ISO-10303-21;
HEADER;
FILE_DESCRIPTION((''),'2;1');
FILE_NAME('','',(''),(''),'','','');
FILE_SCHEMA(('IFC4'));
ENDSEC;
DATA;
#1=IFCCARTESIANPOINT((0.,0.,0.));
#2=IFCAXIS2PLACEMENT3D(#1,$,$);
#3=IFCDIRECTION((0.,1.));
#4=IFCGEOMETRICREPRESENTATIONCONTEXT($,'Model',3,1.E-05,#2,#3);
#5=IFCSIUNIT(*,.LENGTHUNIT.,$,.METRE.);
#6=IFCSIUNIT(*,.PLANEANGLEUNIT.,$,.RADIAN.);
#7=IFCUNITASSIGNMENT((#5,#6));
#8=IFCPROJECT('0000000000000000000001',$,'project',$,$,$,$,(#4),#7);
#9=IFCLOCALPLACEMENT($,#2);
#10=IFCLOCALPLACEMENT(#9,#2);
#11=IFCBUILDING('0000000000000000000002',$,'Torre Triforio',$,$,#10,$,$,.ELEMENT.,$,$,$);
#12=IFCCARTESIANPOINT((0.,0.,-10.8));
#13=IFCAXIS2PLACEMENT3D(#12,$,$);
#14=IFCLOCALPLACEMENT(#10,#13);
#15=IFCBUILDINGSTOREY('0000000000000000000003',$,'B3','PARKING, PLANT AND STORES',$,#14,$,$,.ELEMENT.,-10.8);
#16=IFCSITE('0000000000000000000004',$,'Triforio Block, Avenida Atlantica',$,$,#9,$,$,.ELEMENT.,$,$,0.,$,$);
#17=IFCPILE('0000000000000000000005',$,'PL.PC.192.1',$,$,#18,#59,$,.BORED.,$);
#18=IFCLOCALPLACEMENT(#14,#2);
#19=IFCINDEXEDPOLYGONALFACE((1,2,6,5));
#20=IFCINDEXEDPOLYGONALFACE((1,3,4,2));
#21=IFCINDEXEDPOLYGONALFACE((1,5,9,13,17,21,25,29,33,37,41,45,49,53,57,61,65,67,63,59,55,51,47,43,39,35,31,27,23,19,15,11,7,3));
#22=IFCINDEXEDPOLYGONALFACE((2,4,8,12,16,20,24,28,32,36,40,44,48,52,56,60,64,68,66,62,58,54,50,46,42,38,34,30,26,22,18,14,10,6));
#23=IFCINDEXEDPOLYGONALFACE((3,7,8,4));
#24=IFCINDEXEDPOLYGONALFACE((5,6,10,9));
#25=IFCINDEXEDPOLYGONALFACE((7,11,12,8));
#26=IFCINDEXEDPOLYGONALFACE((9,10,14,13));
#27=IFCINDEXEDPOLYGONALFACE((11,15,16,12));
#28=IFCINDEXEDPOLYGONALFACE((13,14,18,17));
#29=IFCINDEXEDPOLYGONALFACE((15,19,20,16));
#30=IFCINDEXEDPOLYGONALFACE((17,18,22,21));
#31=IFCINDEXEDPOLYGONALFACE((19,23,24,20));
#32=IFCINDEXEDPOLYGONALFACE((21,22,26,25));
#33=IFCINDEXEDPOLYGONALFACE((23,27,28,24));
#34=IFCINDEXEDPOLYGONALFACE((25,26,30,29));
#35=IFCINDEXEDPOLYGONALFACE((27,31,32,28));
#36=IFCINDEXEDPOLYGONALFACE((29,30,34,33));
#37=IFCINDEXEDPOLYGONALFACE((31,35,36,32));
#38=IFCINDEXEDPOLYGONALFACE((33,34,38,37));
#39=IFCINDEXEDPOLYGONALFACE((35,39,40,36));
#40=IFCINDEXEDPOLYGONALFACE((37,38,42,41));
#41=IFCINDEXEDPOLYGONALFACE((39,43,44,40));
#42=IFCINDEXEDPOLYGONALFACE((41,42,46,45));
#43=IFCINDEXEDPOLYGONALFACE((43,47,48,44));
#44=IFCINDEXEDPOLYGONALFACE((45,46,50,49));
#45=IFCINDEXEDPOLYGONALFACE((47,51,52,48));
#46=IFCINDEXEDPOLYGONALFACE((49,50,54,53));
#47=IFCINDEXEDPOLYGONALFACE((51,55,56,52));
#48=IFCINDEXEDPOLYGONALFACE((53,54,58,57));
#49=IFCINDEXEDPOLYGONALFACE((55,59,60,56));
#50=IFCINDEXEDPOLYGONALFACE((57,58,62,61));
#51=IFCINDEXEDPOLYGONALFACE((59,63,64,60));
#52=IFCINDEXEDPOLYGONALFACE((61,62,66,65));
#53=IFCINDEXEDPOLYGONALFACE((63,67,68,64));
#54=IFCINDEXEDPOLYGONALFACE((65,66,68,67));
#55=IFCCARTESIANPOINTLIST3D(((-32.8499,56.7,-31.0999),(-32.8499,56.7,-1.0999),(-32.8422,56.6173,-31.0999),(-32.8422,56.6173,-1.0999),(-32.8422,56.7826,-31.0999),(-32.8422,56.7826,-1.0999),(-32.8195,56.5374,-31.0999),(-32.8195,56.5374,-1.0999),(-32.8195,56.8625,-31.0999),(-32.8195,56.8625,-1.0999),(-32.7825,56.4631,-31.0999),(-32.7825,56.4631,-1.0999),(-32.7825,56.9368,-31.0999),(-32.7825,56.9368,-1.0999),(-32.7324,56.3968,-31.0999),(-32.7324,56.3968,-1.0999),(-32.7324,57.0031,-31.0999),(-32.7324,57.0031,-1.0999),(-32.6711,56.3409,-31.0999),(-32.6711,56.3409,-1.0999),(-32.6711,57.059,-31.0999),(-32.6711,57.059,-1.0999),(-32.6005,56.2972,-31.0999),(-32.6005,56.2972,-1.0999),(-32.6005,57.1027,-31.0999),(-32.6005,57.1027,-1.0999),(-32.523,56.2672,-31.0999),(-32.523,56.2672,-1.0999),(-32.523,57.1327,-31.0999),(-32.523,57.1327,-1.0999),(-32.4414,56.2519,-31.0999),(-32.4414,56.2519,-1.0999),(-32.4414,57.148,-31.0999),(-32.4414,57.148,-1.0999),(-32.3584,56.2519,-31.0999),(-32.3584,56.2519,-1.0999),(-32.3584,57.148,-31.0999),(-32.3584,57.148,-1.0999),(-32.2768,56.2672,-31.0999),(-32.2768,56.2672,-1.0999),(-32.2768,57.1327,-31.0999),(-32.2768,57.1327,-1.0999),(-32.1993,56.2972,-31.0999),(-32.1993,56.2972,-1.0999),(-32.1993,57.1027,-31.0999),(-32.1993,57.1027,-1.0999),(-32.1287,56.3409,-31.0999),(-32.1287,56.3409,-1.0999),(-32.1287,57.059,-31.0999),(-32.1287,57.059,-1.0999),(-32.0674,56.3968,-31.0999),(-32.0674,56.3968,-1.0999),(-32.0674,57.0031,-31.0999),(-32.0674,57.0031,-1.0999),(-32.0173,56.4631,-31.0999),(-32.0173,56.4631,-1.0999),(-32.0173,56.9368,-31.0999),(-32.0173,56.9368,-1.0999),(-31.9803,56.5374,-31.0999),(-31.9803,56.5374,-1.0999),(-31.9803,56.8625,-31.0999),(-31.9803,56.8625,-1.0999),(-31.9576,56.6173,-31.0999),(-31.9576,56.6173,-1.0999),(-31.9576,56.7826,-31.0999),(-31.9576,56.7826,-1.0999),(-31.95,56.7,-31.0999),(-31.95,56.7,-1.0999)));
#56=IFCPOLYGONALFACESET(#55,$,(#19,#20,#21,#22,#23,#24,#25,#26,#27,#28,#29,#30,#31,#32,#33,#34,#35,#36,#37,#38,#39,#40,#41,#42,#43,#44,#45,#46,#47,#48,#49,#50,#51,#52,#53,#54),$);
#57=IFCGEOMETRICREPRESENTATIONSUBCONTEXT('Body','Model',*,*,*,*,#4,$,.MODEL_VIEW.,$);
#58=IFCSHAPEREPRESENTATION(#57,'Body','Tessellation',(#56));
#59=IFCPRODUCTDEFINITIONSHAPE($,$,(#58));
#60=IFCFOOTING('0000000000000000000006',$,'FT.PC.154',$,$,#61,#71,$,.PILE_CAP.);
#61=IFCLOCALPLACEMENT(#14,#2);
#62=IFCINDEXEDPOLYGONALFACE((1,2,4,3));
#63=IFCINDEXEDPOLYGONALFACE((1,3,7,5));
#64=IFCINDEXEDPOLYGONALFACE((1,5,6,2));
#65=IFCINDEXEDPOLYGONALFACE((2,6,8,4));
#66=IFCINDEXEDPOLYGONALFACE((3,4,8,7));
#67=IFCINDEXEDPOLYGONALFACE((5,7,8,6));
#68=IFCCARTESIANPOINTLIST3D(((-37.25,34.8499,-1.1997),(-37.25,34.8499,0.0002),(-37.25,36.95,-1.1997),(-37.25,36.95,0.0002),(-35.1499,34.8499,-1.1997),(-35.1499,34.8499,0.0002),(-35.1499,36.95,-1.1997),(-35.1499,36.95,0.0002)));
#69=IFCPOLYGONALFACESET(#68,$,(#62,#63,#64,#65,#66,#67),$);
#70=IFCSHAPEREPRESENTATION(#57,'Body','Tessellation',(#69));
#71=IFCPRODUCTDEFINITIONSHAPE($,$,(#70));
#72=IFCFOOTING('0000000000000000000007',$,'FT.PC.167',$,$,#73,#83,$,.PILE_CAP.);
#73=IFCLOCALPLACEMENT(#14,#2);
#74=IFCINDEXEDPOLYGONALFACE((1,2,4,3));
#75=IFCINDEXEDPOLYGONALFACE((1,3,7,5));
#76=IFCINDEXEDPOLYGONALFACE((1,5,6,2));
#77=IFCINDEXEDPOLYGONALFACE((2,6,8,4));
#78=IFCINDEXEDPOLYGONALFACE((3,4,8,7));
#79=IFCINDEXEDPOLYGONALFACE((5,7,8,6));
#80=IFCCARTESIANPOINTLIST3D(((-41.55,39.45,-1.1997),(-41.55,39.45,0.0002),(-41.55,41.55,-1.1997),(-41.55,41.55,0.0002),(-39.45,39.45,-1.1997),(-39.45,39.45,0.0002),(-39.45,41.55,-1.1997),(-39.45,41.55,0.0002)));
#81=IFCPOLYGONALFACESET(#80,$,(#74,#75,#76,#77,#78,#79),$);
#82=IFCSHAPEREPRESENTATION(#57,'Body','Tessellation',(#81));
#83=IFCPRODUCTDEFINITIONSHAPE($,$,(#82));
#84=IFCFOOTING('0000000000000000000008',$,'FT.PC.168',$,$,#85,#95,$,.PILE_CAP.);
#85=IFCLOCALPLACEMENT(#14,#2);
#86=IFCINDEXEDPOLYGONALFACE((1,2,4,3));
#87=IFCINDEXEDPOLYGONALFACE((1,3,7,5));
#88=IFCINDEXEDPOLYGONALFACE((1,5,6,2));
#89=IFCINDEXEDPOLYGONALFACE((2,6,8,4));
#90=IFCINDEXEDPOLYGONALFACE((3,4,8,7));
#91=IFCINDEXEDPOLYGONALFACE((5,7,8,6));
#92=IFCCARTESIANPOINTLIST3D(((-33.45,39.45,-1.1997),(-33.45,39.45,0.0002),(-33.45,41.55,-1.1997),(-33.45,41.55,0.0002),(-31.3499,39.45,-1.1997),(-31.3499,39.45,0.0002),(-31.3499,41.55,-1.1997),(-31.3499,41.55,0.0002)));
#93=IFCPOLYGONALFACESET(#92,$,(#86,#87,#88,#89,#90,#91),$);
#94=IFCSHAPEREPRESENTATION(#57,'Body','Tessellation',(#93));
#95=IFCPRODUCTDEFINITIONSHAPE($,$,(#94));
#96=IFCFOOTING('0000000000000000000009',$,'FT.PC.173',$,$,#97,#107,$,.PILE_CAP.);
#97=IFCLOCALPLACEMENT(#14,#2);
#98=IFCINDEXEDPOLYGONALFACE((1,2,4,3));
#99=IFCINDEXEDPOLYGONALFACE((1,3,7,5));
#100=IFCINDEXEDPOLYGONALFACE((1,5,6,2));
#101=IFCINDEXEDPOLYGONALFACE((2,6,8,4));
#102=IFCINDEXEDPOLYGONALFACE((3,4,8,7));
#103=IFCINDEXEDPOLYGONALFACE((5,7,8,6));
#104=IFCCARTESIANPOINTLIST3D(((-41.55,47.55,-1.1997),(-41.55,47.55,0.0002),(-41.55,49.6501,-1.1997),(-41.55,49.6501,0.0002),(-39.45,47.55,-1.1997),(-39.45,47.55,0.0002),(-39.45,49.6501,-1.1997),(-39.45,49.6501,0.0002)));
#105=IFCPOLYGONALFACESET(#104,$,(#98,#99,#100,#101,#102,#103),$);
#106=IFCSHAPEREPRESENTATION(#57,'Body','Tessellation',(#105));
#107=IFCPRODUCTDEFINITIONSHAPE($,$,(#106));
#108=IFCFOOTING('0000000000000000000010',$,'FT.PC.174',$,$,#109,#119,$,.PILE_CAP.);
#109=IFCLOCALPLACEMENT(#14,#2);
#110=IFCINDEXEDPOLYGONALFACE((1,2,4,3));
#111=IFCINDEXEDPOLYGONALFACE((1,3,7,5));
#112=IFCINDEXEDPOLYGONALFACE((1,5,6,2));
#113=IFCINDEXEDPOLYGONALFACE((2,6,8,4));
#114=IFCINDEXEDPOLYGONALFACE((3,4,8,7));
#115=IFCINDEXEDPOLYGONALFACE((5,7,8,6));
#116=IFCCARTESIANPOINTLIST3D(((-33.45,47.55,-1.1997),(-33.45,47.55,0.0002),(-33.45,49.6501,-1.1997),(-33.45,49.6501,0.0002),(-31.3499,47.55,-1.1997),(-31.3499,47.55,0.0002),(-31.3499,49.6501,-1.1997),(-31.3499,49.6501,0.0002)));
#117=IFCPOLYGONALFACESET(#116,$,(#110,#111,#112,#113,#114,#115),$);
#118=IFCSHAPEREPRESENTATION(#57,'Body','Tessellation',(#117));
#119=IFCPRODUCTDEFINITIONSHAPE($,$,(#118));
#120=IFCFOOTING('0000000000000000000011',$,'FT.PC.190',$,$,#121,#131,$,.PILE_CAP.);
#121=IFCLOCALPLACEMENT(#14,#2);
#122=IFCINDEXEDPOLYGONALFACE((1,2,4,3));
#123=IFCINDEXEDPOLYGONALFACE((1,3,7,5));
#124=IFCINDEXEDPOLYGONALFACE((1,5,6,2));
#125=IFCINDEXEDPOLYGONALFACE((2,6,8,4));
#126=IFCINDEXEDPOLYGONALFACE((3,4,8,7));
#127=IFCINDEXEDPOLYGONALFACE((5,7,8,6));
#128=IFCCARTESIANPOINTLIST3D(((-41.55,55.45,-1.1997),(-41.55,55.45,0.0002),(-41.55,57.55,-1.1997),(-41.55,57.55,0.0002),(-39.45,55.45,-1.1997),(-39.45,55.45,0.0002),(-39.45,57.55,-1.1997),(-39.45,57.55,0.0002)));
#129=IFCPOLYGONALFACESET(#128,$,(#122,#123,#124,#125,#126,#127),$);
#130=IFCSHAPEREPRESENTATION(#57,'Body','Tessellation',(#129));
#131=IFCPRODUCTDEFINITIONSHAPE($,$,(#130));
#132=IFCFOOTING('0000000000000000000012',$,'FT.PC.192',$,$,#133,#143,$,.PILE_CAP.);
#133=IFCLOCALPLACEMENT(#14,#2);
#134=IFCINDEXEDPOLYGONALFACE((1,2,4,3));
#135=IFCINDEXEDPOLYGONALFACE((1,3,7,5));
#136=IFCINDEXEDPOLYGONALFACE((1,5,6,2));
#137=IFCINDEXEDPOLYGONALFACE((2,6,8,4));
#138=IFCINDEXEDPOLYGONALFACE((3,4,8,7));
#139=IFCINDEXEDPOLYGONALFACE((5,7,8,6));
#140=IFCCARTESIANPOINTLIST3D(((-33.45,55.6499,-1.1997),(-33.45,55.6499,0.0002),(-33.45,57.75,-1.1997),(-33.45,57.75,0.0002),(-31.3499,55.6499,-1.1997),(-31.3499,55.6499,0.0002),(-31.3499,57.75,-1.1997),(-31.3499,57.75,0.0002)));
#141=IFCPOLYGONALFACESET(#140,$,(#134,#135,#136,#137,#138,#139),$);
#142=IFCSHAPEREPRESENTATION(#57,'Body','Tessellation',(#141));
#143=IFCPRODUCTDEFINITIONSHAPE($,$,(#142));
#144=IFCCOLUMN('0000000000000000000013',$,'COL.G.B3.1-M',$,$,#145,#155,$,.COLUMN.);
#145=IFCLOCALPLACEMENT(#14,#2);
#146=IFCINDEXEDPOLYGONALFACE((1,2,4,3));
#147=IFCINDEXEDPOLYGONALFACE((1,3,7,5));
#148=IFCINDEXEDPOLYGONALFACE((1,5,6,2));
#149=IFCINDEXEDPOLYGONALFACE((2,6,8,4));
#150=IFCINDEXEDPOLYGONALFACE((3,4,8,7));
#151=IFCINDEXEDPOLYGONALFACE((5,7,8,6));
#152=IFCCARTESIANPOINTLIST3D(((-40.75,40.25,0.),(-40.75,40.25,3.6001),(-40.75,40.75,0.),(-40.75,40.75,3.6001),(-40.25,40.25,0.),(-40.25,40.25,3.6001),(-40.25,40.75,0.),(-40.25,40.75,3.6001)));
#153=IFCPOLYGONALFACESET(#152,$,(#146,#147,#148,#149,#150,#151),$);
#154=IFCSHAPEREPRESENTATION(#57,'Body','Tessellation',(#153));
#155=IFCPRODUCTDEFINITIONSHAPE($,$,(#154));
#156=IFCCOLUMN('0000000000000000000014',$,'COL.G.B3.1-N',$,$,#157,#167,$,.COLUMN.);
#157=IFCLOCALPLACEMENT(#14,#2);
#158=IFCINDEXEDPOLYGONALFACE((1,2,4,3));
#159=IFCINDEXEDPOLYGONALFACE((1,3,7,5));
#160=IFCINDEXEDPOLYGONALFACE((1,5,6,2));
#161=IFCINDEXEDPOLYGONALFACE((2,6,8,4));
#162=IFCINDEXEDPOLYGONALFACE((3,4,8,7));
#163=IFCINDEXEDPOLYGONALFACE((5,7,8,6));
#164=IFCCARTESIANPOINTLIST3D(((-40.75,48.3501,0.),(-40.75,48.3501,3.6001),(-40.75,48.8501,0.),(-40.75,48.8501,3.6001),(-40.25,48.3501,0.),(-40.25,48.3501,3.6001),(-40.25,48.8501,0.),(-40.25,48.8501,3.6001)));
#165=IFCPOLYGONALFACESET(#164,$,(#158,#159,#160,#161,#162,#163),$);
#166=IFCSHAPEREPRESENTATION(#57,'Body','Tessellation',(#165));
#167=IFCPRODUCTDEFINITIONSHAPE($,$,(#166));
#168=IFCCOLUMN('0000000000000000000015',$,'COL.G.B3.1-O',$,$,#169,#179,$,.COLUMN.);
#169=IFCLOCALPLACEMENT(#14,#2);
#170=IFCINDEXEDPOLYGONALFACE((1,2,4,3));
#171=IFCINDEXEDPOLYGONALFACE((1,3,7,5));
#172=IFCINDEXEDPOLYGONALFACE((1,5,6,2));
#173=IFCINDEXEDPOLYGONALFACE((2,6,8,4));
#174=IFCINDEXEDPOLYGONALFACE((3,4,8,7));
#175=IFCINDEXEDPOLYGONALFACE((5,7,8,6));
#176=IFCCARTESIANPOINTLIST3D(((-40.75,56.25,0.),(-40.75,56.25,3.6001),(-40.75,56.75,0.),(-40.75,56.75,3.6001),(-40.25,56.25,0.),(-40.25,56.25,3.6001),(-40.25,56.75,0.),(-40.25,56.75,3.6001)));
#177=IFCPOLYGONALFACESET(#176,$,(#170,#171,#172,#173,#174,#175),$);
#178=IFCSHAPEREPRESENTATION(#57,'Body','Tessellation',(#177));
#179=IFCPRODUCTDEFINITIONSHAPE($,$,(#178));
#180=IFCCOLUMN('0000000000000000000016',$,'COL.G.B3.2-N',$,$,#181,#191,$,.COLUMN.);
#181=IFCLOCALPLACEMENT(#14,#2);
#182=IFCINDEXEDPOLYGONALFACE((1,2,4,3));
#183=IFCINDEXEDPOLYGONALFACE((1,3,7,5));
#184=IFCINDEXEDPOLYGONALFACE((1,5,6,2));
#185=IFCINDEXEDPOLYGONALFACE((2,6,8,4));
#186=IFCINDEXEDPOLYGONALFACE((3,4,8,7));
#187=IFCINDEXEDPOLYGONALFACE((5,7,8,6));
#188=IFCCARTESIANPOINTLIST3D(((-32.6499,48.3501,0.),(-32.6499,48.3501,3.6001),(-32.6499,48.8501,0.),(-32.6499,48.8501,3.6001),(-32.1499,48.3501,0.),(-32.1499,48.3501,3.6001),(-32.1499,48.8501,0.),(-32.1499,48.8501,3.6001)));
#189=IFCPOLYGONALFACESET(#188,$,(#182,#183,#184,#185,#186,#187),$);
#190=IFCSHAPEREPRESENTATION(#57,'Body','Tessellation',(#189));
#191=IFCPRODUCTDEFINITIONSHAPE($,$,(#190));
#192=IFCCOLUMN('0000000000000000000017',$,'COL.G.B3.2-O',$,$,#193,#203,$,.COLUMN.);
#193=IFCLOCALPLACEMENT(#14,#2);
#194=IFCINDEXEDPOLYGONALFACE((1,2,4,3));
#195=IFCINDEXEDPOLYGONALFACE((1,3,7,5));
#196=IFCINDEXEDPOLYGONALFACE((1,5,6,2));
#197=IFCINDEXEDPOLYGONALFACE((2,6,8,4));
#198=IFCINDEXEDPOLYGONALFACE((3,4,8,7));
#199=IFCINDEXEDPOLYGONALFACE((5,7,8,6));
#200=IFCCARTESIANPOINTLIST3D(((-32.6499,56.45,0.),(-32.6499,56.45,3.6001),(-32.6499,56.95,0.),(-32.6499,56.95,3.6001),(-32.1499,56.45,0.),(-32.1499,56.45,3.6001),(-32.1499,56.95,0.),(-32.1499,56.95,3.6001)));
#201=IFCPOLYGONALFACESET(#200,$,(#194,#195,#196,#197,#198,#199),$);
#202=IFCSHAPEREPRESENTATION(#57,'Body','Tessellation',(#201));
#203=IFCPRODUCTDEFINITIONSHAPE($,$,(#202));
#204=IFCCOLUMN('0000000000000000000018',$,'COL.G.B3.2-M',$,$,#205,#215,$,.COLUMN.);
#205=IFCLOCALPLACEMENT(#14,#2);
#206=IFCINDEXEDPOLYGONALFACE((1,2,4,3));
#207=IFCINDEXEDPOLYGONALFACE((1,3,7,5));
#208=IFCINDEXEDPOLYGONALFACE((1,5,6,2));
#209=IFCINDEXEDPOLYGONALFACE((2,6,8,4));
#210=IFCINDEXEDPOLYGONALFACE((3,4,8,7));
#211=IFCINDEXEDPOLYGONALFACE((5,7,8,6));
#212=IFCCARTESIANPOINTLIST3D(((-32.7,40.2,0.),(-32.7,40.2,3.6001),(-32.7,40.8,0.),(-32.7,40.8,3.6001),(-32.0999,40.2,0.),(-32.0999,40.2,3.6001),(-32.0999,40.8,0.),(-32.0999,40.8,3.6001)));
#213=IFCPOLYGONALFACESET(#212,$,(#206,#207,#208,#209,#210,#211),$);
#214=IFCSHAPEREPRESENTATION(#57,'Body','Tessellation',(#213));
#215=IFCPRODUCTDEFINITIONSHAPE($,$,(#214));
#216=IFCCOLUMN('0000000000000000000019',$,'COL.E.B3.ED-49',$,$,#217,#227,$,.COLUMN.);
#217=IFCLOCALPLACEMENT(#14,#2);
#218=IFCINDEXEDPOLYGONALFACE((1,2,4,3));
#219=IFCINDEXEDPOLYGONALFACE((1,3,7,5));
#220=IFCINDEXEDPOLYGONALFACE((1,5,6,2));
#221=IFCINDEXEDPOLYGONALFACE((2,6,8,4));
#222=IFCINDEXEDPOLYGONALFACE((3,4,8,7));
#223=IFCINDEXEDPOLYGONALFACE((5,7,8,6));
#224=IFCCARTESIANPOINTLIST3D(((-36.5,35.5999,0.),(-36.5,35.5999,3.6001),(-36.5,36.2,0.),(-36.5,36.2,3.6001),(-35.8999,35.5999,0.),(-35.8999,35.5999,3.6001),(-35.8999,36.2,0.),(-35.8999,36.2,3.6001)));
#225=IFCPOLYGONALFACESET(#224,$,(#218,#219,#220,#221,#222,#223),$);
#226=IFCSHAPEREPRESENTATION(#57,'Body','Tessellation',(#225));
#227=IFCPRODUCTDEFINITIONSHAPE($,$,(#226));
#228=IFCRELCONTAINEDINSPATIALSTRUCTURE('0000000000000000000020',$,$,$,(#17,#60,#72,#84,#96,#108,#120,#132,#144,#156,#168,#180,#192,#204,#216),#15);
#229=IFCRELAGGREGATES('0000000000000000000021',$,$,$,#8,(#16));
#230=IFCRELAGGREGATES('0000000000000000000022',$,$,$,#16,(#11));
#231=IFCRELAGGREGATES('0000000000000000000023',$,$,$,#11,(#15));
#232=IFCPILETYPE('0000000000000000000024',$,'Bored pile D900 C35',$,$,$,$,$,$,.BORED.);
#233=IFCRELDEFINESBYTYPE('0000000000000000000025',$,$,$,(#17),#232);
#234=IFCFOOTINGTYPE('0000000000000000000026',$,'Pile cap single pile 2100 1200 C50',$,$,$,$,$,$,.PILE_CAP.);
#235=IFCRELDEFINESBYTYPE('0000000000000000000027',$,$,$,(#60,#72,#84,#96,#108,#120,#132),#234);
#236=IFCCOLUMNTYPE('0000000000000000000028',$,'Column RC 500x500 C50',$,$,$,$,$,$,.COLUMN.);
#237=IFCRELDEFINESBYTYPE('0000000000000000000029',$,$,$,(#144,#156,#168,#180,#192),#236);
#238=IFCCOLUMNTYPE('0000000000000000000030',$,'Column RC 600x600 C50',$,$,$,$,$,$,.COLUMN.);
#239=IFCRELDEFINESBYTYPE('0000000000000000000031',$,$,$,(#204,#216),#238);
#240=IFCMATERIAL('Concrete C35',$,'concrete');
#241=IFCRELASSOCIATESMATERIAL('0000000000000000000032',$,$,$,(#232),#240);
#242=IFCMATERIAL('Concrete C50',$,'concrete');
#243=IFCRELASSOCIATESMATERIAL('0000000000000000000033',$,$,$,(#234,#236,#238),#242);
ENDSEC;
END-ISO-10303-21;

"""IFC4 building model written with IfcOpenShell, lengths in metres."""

from ifc_helpers import new_model, si_unit, direction, frame, origin, origin_2d, place, context, subcontext, project, spatial, rectangle, circle, extrude, material, material_profile, profile_set, type_object, element, save


model = new_model("IFC4")

# Units and contexts
model_context = context("Model", 3, precision=1e-05, world=origin(), true_north=direction((0.0, 1.0)))
body_context = subcontext(model_context, "Body", "Model", "MODEL_VIEW")
ifc_project = project(units=[si_unit("LENGTHUNIT", "METRE"), si_unit("PLANEANGLEUNIT", "RADIAN")], contexts=[model_context])

# Site, building, storey
site_placement = place(None, origin())
site = spatial("IfcSite", under=ifc_project, at=site_placement, Name="Triforio Block, Avenida Atlantica", CompositionType="ELEMENT", RefElevation=0.0)
building_placement = place(site_placement, origin())
building = spatial("IfcBuilding", under=site, at=building_placement, Name="Torre Triforio", CompositionType="ELEMENT")
storey_placement = place(building_placement, frame((0.0, 0.0, -10.8)))
storey = spatial("IfcBuildingStorey", under=building, at=storey_placement, Name="B3", Description="PARKING, PLANT AND STORES", CompositionType="ELEMENT", Elevation=-10.8)

# Pile
ifc_material_1 = material(Name="Concrete C35", Category="concrete")
ifc_material_profile_1 = material_profile(ifc_material_1, circle(Radius=0.45, at=origin_2d()), Name="RC D900")
ifc_profile_set_1 = profile_set([ifc_material_profile_1], Name="Concrete C35")
pile_type = type_object("IfcPileType", Name="Bored pile D900 C35", PredefinedType="BORED", material=ifc_profile_set_1)
for number, where, z_axis, x_axis, name in (
    (1, (-32.3999, 56.7, -1.0999), (0.0, 0.0, -1.0), (1.0, 0.0, 0.0), "PL.PC.192.1"),
):
    element("IfcPile", number, at=place(storey_placement, frame(where, z_axis=z_axis, x_axis=x_axis)), inside=storey, type_object=pile_type, Name=name, PredefinedType="BORED", context=body_context, shape_type="SweptSolid", body=[
        extrude(circle(Radius=0.45, at=origin_2d()), origin(), (0.0, 0.0, 1.0), 30.0),
    ])

# Footings
ifc_material_2 = material(Name="Concrete C50", Category="concrete")
footing_type = type_object("IfcFootingType", Name="Pile cap single pile 2100 1200 C50", PredefinedType="PILE_CAP", material=ifc_material_2)
for number, where, z_axis, x_axis, name in (
    (2, (-36.2, 35.8999, -1.1997), (0.0, 0.0, 1.0), (1.0, 0.0, 0.0), "FT.PC.154"),
    (3, (-40.5, 40.5, -1.1997), (0.0, 0.0, 1.0), (1.0, 0.0, 0.0), "FT.PC.167"),
    (4, (-32.3999, 40.5, -1.1997), (0.0, 0.0, 1.0), (1.0, 0.0, 0.0), "FT.PC.168"),
    (5, (-40.5, 48.6001, -1.1997), (0.0, 0.0, 1.0), (1.0, 0.0, 0.0), "FT.PC.173"),
    (6, (-32.3999, 48.6001, -1.1997), (0.0, 0.0, 1.0), (1.0, 0.0, 0.0), "FT.PC.174"),
    (7, (-40.5, 56.5, -1.1997), (0.0, 0.0, 1.0), (1.0, 0.0, 0.0), "FT.PC.190"),
    (8, (-32.3999, 56.7, -1.1997), (0.0, 0.0, 1.0), (1.0, 0.0, 0.0), "FT.PC.192"),
):
    element("IfcFooting", number, at=place(storey_placement, frame(where, z_axis=z_axis, x_axis=x_axis)), inside=storey, type_object=footing_type, Name=name, PredefinedType="PILE_CAP", context=body_context, shape_type="SweptSolid", body=[
        extrude(rectangle(XDim=2.1001, YDim=2.1001, at=origin_2d()), origin(), (0.0, 0.0, 1.0), 1.2),
    ])

# Columns
ifc_material_profile_2 = material_profile(ifc_material_2, rectangle(XDim=0.5, YDim=0.5, at=origin_2d()), Name="RC 500x500")
ifc_profile_set_2 = profile_set([ifc_material_profile_2], Name="Concrete C50")
column_type_1 = type_object("IfcColumnType", Name="Column RC 500x500 C50", PredefinedType="COLUMN", material=ifc_profile_set_2)
for number, where, z_axis, x_axis, name in (
    (9, (-40.5, 40.5, 0.0), (0.0, 0.0, 1.0), (1.0, 0.0, 0.0), "COL.G.B3.1-M"),
    (10, (-40.5, 48.6001, 0.0), (0.0, 0.0, 1.0), (1.0, 0.0, 0.0), "COL.G.B3.1-N"),
    (11, (-40.5, 56.5, 0.0), (0.0, 0.0, 1.0), (1.0, 0.0, 0.0), "COL.G.B3.1-O"),
    (12, (-32.3999, 48.6001, 0.0), (0.0, 0.0, 1.0), (1.0, 0.0, 0.0), "COL.G.B3.2-N"),
    (13, (-32.3999, 56.7, 0.0), (0.0, 0.0, 1.0), (1.0, 0.0, 0.0), "COL.G.B3.2-O"),
):
    element("IfcColumn", number, at=place(storey_placement, frame(where, z_axis=z_axis, x_axis=x_axis)), inside=storey, type_object=column_type_1, Name=name, PredefinedType="COLUMN", context=body_context, shape_type="SweptSolid", body=[
        extrude(rectangle(XDim=0.5, YDim=0.5, at=origin_2d()), origin(), (0.0, 0.0, 1.0), 3.6001),
    ])
ifc_material_profile_3 = material_profile(ifc_material_2, rectangle(XDim=0.6001, YDim=0.6001, at=origin_2d()), Name="RC 600x600")
ifc_profile_set_3 = profile_set([ifc_material_profile_3], Name="Concrete C50")
column_type_2 = type_object("IfcColumnType", Name="Column RC 600x600 C50", PredefinedType="COLUMN", material=ifc_profile_set_3)
for number, where, z_axis, x_axis, name in (
    (14, (-32.3999, 40.5, 0.0), (0.0, 0.0, 1.0), (1.0, 0.0, 0.0), "COL.G.B3.2-M"),
    (15, (-36.2, 35.8999, 0.0), (0.0, 0.0, 1.0), (1.0, 0.0, 0.0), "COL.E.B3.ED-49"),
):
    element("IfcColumn", number, at=place(storey_placement, frame(where, z_axis=z_axis, x_axis=x_axis)), inside=storey, type_object=column_type_2, Name=name, PredefinedType="COLUMN", context=body_context, shape_type="SweptSolid", body=[
        extrude(rectangle(XDim=0.6001, YDim=0.6001, at=origin_2d()), origin(), (0.0, 0.0, 1.0), 3.6001),
    ])

save(model, "model.ifc")
